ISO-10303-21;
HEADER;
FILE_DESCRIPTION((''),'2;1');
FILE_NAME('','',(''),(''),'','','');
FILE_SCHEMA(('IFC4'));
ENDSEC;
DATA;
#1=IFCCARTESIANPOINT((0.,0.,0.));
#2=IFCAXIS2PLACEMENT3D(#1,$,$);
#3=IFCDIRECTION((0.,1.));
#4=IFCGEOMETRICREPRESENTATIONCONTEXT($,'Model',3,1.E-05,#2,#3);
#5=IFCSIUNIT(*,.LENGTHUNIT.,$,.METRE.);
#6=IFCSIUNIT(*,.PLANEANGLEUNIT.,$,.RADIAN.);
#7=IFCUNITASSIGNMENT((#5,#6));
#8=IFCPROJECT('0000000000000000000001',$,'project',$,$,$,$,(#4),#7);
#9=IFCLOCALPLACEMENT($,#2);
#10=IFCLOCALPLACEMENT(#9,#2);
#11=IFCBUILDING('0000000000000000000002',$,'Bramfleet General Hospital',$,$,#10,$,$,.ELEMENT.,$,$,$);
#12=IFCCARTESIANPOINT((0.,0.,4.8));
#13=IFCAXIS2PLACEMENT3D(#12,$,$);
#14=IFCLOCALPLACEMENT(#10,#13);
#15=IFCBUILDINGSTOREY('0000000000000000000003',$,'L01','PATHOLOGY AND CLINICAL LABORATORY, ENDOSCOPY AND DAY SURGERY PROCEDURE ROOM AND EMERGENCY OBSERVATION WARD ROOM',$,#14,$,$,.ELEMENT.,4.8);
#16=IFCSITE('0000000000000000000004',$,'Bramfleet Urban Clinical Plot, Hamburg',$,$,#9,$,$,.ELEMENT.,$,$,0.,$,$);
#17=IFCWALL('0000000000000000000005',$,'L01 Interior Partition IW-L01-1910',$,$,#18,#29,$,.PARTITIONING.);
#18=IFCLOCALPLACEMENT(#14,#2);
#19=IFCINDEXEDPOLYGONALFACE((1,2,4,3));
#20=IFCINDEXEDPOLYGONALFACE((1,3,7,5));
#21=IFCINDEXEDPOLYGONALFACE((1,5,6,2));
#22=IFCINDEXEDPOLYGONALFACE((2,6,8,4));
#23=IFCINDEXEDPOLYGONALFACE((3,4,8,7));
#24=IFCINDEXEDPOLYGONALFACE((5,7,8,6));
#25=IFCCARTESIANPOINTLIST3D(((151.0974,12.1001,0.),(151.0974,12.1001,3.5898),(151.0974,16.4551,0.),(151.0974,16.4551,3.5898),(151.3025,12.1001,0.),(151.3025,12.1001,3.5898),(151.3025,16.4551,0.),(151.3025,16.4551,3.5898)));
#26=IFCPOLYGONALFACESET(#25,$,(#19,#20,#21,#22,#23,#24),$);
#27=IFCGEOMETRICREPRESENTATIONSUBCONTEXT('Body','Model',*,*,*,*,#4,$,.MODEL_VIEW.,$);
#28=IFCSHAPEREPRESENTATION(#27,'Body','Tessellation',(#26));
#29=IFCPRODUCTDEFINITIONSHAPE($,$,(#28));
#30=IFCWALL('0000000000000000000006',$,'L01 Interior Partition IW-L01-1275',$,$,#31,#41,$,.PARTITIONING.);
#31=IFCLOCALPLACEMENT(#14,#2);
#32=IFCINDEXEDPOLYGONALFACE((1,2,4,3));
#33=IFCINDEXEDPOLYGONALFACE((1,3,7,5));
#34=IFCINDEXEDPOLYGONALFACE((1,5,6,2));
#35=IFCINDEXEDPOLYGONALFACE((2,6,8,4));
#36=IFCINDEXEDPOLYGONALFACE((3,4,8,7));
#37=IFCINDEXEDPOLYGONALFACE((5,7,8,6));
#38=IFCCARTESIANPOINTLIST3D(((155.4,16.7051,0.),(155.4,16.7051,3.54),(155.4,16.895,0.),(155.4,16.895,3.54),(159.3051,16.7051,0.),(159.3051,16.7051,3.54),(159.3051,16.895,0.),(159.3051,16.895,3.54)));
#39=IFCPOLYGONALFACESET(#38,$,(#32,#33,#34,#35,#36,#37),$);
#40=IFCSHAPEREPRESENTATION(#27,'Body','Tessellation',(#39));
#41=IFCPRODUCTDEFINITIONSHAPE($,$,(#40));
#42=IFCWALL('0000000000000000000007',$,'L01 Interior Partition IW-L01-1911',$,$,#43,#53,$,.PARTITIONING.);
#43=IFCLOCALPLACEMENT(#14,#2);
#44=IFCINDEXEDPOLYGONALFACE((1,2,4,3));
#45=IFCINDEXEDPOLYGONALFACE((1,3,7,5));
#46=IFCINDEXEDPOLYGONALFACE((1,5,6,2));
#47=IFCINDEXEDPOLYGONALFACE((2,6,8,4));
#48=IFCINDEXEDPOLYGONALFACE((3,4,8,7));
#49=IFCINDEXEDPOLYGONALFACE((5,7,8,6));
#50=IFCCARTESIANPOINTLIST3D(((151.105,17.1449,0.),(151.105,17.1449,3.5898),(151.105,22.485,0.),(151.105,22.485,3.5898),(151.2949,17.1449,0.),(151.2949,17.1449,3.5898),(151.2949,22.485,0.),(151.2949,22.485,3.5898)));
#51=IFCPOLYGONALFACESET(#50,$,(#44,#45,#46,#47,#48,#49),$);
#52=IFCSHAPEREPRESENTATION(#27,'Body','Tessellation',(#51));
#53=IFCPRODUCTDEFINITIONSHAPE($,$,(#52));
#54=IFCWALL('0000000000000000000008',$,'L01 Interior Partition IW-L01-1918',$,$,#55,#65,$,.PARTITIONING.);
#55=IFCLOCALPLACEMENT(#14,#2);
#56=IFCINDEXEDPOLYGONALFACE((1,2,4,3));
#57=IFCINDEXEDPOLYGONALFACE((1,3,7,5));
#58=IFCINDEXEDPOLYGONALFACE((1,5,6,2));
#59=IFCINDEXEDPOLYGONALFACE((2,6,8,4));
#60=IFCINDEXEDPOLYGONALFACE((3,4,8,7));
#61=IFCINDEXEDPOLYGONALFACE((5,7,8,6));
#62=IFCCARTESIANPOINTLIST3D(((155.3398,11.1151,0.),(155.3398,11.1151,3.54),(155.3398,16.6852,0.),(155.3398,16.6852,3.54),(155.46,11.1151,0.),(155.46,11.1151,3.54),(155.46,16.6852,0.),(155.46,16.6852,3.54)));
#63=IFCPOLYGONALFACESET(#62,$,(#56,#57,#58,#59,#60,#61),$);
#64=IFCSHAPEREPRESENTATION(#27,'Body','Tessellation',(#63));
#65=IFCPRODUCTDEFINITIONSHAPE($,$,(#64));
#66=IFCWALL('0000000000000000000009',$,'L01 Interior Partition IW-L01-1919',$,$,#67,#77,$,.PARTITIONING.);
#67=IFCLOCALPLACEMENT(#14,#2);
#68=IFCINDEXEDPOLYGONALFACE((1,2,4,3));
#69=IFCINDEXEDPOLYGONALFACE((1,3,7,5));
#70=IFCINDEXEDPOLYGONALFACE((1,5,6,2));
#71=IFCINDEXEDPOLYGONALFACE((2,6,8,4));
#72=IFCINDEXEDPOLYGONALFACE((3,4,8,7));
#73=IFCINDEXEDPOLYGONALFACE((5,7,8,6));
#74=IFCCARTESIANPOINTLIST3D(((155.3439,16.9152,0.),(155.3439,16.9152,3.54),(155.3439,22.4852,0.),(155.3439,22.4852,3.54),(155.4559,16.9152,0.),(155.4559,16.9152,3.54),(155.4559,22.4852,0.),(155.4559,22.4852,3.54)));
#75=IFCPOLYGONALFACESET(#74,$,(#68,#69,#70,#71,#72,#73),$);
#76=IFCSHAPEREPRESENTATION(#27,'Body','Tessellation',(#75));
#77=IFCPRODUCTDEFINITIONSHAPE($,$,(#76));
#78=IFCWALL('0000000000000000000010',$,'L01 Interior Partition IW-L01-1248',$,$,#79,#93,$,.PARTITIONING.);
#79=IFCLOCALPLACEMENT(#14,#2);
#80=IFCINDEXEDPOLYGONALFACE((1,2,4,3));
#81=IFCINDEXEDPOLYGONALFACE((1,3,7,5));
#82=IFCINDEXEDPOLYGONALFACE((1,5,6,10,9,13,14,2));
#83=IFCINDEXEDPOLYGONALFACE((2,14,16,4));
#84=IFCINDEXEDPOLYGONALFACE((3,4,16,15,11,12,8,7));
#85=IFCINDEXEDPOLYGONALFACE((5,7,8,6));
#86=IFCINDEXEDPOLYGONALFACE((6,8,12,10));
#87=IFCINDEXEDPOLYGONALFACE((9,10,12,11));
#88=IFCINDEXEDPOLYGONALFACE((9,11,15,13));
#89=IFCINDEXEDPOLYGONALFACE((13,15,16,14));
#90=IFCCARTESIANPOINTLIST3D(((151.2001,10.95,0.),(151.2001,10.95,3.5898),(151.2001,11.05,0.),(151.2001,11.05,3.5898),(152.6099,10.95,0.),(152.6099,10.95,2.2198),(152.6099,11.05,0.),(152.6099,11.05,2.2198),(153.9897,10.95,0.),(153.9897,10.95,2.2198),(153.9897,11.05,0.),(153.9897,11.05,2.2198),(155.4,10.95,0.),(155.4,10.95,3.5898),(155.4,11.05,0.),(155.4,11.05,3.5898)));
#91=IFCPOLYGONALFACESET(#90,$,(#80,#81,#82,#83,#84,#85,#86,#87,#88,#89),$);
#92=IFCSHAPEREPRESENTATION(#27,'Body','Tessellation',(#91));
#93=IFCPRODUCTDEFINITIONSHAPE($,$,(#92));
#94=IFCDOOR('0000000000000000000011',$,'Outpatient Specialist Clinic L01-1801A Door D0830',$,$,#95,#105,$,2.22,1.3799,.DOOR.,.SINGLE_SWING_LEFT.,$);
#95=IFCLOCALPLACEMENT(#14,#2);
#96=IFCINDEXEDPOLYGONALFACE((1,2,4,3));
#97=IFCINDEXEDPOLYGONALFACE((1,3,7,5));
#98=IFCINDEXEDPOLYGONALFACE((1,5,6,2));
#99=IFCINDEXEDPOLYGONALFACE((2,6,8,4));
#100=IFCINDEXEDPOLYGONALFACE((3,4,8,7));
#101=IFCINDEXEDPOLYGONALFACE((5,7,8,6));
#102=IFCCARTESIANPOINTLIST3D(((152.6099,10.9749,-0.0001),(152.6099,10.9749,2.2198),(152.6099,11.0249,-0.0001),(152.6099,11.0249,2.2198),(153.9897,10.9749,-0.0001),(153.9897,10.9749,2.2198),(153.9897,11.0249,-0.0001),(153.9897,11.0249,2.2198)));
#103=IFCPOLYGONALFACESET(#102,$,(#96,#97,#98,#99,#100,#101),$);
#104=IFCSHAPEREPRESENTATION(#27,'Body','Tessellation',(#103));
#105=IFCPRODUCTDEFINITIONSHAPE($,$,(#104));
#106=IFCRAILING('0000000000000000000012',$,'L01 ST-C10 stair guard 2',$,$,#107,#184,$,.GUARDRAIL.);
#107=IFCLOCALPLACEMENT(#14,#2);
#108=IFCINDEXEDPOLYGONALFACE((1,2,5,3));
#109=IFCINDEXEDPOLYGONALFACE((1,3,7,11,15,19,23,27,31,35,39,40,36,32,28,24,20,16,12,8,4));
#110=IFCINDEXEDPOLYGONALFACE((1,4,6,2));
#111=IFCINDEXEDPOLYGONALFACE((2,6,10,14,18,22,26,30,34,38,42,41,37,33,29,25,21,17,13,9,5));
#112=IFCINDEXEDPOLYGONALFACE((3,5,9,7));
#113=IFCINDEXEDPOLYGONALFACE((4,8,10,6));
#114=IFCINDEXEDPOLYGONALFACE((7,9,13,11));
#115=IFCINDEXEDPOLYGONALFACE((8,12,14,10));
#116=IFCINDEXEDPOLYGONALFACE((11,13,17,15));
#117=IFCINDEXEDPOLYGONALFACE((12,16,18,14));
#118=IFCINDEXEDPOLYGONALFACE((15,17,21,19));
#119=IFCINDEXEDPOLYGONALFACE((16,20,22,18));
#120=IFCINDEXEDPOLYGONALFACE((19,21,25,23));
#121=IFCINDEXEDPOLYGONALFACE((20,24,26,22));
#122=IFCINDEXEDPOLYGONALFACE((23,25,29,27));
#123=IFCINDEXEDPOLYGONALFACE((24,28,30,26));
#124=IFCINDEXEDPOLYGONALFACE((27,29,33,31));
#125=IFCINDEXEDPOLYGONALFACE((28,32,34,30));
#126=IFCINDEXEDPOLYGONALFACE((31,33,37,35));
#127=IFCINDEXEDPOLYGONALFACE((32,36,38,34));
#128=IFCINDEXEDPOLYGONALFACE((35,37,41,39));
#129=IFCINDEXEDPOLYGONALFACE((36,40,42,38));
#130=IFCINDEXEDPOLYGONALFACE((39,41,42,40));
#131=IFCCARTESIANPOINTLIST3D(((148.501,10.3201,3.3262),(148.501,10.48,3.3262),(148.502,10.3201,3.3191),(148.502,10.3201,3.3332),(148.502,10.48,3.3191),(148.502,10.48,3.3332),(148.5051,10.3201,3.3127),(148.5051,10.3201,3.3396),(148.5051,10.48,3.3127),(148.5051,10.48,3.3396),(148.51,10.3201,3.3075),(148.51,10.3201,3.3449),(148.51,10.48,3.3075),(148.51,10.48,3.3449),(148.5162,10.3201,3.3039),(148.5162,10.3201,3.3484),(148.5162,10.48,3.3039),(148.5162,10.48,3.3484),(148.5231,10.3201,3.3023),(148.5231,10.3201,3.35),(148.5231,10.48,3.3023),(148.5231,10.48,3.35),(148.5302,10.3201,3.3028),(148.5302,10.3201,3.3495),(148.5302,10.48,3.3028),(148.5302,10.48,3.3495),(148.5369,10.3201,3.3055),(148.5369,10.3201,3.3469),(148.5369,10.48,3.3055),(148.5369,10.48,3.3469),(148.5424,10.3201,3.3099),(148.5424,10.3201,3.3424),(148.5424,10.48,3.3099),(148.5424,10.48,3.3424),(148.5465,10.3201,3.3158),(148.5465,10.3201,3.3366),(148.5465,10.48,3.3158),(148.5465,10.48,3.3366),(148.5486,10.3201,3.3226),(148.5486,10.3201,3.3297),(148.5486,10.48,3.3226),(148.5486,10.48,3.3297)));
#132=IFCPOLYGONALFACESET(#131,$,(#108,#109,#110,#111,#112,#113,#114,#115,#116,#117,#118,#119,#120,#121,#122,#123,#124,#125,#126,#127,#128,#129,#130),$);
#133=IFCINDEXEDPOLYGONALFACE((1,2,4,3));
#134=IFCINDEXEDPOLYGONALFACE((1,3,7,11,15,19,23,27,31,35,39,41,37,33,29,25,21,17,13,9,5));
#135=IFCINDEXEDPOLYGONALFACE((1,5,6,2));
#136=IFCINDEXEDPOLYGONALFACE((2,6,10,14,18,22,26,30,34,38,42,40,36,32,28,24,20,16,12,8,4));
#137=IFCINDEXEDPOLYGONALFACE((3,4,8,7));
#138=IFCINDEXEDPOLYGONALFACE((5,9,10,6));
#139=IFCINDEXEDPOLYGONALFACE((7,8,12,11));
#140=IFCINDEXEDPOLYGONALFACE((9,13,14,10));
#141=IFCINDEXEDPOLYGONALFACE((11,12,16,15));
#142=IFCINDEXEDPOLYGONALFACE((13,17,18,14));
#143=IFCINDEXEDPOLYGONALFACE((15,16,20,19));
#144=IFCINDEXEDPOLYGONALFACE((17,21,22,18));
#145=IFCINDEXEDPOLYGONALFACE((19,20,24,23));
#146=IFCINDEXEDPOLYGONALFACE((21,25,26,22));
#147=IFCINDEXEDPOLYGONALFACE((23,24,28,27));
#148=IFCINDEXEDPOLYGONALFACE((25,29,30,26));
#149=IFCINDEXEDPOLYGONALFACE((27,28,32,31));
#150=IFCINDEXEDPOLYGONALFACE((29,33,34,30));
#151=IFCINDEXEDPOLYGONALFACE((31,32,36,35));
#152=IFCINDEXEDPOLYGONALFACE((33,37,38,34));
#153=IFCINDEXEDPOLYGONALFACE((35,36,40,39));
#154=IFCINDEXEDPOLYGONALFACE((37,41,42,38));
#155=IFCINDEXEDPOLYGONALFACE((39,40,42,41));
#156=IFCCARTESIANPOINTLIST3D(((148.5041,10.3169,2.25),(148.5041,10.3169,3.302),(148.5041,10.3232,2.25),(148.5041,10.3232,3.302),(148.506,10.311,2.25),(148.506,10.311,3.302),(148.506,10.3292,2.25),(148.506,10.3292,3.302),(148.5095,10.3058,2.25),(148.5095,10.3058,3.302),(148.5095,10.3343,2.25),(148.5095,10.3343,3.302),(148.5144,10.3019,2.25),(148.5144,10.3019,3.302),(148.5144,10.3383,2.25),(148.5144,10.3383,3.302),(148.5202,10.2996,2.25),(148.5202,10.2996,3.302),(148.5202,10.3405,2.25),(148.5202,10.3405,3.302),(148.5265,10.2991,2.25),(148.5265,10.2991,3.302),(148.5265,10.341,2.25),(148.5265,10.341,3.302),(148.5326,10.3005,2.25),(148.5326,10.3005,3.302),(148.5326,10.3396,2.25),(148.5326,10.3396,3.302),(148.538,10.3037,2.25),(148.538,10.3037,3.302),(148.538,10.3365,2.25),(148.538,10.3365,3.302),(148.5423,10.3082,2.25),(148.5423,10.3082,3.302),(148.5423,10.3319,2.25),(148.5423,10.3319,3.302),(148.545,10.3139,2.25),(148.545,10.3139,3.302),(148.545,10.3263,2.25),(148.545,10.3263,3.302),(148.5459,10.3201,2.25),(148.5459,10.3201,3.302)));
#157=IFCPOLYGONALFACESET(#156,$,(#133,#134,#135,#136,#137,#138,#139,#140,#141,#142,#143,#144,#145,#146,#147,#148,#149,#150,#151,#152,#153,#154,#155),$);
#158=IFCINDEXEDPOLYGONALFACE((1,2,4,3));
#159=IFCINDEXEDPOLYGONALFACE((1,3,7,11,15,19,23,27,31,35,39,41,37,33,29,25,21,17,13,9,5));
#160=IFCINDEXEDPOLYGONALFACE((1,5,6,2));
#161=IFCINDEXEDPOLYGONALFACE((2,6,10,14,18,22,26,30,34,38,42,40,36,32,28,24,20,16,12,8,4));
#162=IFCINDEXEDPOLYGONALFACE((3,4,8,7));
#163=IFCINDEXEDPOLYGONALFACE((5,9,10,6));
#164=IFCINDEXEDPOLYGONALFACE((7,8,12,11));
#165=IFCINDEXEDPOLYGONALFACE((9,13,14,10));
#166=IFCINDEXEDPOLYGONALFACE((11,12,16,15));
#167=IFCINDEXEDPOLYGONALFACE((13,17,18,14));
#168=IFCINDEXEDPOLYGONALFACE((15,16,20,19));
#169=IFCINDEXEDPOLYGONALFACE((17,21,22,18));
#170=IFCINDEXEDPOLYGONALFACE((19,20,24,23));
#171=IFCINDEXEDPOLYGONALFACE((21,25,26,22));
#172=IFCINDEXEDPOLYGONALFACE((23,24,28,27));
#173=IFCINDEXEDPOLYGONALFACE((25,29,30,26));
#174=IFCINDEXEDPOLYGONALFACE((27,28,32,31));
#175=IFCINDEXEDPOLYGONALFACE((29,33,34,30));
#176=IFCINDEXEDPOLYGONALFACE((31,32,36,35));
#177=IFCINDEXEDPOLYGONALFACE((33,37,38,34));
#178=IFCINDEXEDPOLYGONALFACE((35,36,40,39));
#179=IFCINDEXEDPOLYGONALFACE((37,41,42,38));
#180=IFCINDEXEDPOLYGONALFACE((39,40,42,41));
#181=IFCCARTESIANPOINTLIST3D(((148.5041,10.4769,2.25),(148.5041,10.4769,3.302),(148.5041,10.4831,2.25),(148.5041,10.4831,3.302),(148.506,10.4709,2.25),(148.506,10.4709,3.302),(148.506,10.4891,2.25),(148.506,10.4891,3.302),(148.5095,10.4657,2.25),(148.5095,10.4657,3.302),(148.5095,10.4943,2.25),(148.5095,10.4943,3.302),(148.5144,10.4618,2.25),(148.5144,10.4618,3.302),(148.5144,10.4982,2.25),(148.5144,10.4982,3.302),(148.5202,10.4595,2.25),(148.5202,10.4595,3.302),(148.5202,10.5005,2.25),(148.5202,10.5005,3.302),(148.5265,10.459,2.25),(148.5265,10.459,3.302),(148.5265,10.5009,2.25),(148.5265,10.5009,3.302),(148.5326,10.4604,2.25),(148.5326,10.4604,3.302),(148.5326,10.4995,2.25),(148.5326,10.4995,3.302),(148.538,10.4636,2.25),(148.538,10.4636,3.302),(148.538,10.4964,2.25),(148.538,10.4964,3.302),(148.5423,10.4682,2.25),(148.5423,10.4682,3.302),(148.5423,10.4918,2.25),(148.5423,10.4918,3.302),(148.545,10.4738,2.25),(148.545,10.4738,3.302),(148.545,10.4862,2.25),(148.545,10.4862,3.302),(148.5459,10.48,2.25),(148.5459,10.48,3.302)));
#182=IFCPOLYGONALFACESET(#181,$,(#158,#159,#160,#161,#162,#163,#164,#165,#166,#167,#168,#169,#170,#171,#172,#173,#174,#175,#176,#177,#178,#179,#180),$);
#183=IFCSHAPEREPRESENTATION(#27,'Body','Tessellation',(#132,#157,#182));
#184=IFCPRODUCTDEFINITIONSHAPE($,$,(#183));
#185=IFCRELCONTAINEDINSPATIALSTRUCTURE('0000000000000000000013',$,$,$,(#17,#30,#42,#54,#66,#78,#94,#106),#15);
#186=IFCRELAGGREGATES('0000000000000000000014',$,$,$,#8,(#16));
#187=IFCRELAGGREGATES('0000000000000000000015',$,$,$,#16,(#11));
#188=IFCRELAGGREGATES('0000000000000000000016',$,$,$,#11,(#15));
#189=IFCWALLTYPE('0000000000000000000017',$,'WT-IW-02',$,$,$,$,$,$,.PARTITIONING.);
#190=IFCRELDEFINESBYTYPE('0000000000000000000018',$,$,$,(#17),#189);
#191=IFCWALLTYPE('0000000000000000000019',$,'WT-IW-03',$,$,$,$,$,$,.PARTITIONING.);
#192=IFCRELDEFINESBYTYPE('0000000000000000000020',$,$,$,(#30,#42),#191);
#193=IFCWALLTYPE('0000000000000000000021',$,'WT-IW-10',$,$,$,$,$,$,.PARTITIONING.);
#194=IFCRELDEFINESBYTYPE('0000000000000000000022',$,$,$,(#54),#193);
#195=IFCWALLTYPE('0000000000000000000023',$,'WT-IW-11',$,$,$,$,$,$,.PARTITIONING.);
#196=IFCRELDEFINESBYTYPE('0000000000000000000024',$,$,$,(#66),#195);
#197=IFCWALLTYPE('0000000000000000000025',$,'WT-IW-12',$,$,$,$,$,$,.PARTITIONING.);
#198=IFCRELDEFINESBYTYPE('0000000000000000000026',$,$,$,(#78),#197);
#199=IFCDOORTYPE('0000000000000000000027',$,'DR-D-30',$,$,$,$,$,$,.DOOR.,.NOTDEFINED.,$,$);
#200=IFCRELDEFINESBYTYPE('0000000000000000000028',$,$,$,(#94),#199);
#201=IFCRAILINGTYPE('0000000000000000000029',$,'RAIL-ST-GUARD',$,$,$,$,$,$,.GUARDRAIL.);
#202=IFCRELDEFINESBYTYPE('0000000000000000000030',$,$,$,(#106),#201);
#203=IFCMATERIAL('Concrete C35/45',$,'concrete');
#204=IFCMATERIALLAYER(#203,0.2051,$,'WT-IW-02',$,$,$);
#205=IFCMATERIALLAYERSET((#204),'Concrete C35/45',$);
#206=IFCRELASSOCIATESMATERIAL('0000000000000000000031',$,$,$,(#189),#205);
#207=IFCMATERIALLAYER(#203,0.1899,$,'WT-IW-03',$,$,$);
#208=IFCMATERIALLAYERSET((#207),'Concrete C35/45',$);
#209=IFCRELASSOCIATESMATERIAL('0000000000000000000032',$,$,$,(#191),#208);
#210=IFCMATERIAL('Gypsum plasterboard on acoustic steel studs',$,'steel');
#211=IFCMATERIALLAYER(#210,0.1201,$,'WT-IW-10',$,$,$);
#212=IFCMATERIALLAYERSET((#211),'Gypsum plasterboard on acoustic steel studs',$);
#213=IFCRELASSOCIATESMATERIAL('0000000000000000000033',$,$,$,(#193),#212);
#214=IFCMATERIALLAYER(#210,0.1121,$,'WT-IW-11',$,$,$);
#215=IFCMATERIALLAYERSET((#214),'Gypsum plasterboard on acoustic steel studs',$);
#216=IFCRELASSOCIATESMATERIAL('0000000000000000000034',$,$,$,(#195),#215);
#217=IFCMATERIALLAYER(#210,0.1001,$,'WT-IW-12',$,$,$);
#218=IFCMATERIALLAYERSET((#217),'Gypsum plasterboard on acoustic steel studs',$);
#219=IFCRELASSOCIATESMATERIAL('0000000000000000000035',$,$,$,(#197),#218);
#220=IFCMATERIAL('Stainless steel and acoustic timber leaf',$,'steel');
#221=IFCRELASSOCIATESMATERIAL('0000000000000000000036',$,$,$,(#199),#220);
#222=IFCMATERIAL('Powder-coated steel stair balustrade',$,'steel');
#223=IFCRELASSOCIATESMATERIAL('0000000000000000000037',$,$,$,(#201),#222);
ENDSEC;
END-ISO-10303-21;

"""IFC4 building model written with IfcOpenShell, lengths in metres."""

from ifc_helpers import new_model, si_unit, direction, frame, frame_2d, origin, origin_2d, place, context, subcontext, project, spatial, rectangle, circle, extrude, material, layer, layer_set, type_object, element, fill, save


model = new_model("IFC4")

# Units and contexts
model_context = context("Model", 3, precision=1e-05, world=origin(), true_north=direction((0.0, 1.0)))
body_context = subcontext(model_context, "Body", "Model", "MODEL_VIEW")
ifc_project = project(units=[si_unit("LENGTHUNIT", "METRE"), si_unit("PLANEANGLEUNIT", "RADIAN")], contexts=[model_context])

# Site, building, storey
site_placement = place(None, origin())
site = spatial("IfcSite", under=ifc_project, at=site_placement, Name="Bramfleet Urban Clinical Plot, Hamburg", CompositionType="ELEMENT", RefElevation=0.0)
building_placement = place(site_placement, origin())
building = spatial("IfcBuilding", under=site, at=building_placement, Name="Bramfleet General Hospital", CompositionType="ELEMENT")
storey_placement = place(building_placement, frame((0.0, 0.0, 4.8)))
storey = spatial("IfcBuildingStorey", under=building, at=storey_placement, Name="L01", Description="PATHOLOGY AND CLINICAL LABORATORY, ENDOSCOPY AND DAY SURGERY PROCEDURE ROOM AND EMERGENCY OBSERVATION WARD ROOM", CompositionType="ELEMENT", Elevation=4.8)

# Shared definitions
ifc_material_1 = material(Name="Concrete C35/45", Category="concrete")

# Shared definitions
ifc_material_2 = material(Name="Stainless steel and acoustic timber leaf", Category="steel")

# Walls
ifc_layer_1 = layer(ifc_material_1, 0.2051, Name="WT-IW-02")
ifc_layer_set_1 = layer_set([ifc_layer_1], Name="Concrete C35/45")
wall_type_1 = type_object("IfcWallType", Name="WT-IW-02", PredefinedType="PARTITIONING", material=ifc_layer_set_1)
wall_1_placement = place(storey_placement, frame((151.2, 12.1001, 0.0), z_axis=(0.0, 0.0, 1.0), x_axis=(0.0, 1.0, 0.0)))
element("IfcWall", 1, at=wall_1_placement, inside=storey, type_object=wall_type_1, Name="L01 Interior Partition IW-L01-1910", PredefinedType="PARTITIONING", context=body_context, shape_type="SweptSolid", body=[
    extrude(rectangle(XDim=4.355, YDim=0.2051, at=frame_2d((2.1775, 0.0))), origin(), (0.0, 0.0, 1.0), 3.5898),
])
ifc_layer_2 = layer(ifc_material_1, 0.1899, Name="WT-IW-03")
ifc_layer_set_2 = layer_set([ifc_layer_2], Name="Concrete C35/45")
wall_type_2 = type_object("IfcWallType", Name="WT-IW-03", PredefinedType="PARTITIONING", material=ifc_layer_set_2)
wall_2_placement = place(storey_placement, frame((155.3999, 16.8, 0.0), z_axis=(0.0, 0.0, 1.0), x_axis=(1.0, 0.0, 0.0)))
element("IfcWall", 2, at=wall_2_placement, inside=storey, type_object=wall_type_2, Name="L01 Interior Partition IW-L01-1275", PredefinedType="PARTITIONING", context=body_context, shape_type="SweptSolid", body=[
    extrude(rectangle(XDim=3.905, YDim=0.1899, at=frame_2d((1.9526, 0.0))), origin(), (0.0, 0.0, 1.0), 3.54),
])
wall_3_placement = place(storey_placement, frame((151.2, 17.145, 0.0), z_axis=(0.0, 0.0, 1.0), x_axis=(0.0, 1.0, 0.0)))
element("IfcWall", 3, at=wall_3_placement, inside=storey, type_object=wall_type_2, Name="L01 Interior Partition IW-L01-1911", PredefinedType="PARTITIONING", context=body_context, shape_type="SweptSolid", body=[
    extrude(rectangle(XDim=5.3401, YDim=0.1899, at=frame_2d((2.6699, 0.0))), origin(), (0.0, 0.0, 1.0), 3.5898),
])
ifc_material_3 = material(Name="Gypsum plasterboard on acoustic steel studs", Category="steel")
ifc_layer_3 = layer(ifc_material_3, 0.1201, Name="WT-IW-10")
ifc_layer_set_3 = layer_set([ifc_layer_3], Name="Gypsum plasterboard on acoustic steel studs")
wall_type_3 = type_object("IfcWallType", Name="WT-IW-10", PredefinedType="PARTITIONING", material=ifc_layer_set_3)
wall_4_placement = place(storey_placement, frame((155.3999, 11.115, 0.0), z_axis=(0.0, 0.0, 1.0), x_axis=(0.0, 1.0, 0.0)))
element("IfcWall", 4, at=wall_4_placement, inside=storey, type_object=wall_type_3, Name="L01 Interior Partition IW-L01-1918", PredefinedType="PARTITIONING", context=body_context, shape_type="SweptSolid", body=[
    extrude(rectangle(XDim=5.5701, YDim=0.1201, at=frame_2d((2.7852, 0.0))), origin(), (0.0, 0.0, 1.0), 3.54),
])
ifc_layer_4 = layer(ifc_material_3, 0.1121, Name="WT-IW-11")
ifc_layer_set_4 = layer_set([ifc_layer_4], Name="Gypsum plasterboard on acoustic steel studs")
wall_type_4 = type_object("IfcWallType", Name="WT-IW-11", PredefinedType="PARTITIONING", material=ifc_layer_set_4)
wall_5_placement = place(storey_placement, frame((155.3999, 16.915, 0.0), z_axis=(0.0, 0.0, 1.0), x_axis=(0.0, 1.0, 0.0)))
element("IfcWall", 5, at=wall_5_placement, inside=storey, type_object=wall_type_4, Name="L01 Interior Partition IW-L01-1919", PredefinedType="PARTITIONING", context=body_context, shape_type="SweptSolid", body=[
    extrude(rectangle(XDim=5.5701, YDim=0.1121, at=frame_2d((2.7852, 0.0))), origin(), (0.0, 0.0, 1.0), 3.54),
])

# Wall, opening, door
ifc_layer_5 = layer(ifc_material_3, 0.1001, Name="WT-IW-12")
ifc_layer_set_5 = layer_set([ifc_layer_5], Name="Gypsum plasterboard on acoustic steel studs")
wall_type_5 = type_object("IfcWallType", Name="WT-IW-12", PredefinedType="PARTITIONING", material=ifc_layer_set_5)
wall_6_placement = place(storey_placement, frame((151.2, 11.0, 0.0), z_axis=(0.0, 0.0, 1.0), x_axis=(1.0, 0.0, 0.0)))
wall_6 = element("IfcWall", 6, at=wall_6_placement, inside=storey, type_object=wall_type_5, Name="L01 Interior Partition IW-L01-1248", PredefinedType="PARTITIONING", context=body_context, shape_type="SweptSolid", body=[
    extrude(rectangle(XDim=4.2, YDim=0.1001, at=frame_2d((2.1001, 0.0))), origin(), (0.0, 0.0, 1.0), 3.5898),
])
opening_1_placement = place(wall_6_placement, frame((1.4099, 0.0, 0.0)))
opening_1 = element("IfcOpeningElement", 7, at=opening_1_placement, cuts=wall_6, PredefinedType="OPENING", context=body_context, shape_type="SweptSolid", body=[
    extrude(rectangle(XDim=1.3799, YDim=2.22, at=frame_2d((0.6899, 1.1099))), frame((0.0, 0.0601, 0.0), z_axis=(0.0, -1.0, 0.0), x_axis=(1.0, 0.0, 0.0)), (0.0, 0.0, 1.0), 0.1201),
])
door_type_1 = type_object("IfcDoorType", Name="DR-D-30", OperationType="NOTDEFINED", PredefinedType="DOOR", material=ifc_material_2)
door_1_placement = place(opening_1_placement, origin())
door_1 = element("IfcDoor", 8, at=door_1_placement, inside=storey, type_object=door_type_1, Name="Outpatient Specialist Clinic L01-1801A Door D0830", OperationType="SINGLE_SWING_LEFT", OverallHeight=2.22, OverallWidth=1.3799, PredefinedType="DOOR", context=body_context, shape_type="SweptSolid", body=[
    extrude(rectangle(XDim=1.3799, YDim=2.22, at=frame_2d((0.6899, 1.1099))), frame((0.0, 0.0249, 0.0), z_axis=(0.0, -1.0, 0.0), x_axis=(1.0, 0.0, 0.0)), (0.0, 0.0, 1.0), 0.05),
])
fill(opening_1, door_1)

# Railing
ifc_material_4 = material(Name="Powder-coated steel stair balustrade", Category="steel")
railing_type_1 = type_object("IfcRailingType", Name="RAIL-ST-GUARD", PredefinedType="GUARDRAIL", material=ifc_material_4)
railing_1_placement = place(storey_placement, frame((148.5249, 10.3201, 2.25)))
element("IfcRailing", 9, at=railing_1_placement, inside=storey, type_object=railing_type_1, Name="L01 ST-C10 stair guard 2", PredefinedType="GUARDRAIL", context=body_context, shape_type="SweptSolid", body=[
    extrude(circle(Radius=0.0239, at=origin_2d()), frame((0.0, 0.0, 1.0762), z_axis=(0.0, 1.0, 0.0), x_axis=(-1.0, 0.0, 0.0)), (0.0, 0.0, 1.0), 0.1599),
    extrude(circle(Radius=0.021, at=origin_2d()), origin(), (0.0, 0.0, 1.0), 1.052),
    extrude(circle(Radius=0.021, at=origin_2d()), frame((0.0, 0.1599, 0.0)), (0.0, 0.0, 1.0), 1.052),
])

save(model, "model.ifc")
